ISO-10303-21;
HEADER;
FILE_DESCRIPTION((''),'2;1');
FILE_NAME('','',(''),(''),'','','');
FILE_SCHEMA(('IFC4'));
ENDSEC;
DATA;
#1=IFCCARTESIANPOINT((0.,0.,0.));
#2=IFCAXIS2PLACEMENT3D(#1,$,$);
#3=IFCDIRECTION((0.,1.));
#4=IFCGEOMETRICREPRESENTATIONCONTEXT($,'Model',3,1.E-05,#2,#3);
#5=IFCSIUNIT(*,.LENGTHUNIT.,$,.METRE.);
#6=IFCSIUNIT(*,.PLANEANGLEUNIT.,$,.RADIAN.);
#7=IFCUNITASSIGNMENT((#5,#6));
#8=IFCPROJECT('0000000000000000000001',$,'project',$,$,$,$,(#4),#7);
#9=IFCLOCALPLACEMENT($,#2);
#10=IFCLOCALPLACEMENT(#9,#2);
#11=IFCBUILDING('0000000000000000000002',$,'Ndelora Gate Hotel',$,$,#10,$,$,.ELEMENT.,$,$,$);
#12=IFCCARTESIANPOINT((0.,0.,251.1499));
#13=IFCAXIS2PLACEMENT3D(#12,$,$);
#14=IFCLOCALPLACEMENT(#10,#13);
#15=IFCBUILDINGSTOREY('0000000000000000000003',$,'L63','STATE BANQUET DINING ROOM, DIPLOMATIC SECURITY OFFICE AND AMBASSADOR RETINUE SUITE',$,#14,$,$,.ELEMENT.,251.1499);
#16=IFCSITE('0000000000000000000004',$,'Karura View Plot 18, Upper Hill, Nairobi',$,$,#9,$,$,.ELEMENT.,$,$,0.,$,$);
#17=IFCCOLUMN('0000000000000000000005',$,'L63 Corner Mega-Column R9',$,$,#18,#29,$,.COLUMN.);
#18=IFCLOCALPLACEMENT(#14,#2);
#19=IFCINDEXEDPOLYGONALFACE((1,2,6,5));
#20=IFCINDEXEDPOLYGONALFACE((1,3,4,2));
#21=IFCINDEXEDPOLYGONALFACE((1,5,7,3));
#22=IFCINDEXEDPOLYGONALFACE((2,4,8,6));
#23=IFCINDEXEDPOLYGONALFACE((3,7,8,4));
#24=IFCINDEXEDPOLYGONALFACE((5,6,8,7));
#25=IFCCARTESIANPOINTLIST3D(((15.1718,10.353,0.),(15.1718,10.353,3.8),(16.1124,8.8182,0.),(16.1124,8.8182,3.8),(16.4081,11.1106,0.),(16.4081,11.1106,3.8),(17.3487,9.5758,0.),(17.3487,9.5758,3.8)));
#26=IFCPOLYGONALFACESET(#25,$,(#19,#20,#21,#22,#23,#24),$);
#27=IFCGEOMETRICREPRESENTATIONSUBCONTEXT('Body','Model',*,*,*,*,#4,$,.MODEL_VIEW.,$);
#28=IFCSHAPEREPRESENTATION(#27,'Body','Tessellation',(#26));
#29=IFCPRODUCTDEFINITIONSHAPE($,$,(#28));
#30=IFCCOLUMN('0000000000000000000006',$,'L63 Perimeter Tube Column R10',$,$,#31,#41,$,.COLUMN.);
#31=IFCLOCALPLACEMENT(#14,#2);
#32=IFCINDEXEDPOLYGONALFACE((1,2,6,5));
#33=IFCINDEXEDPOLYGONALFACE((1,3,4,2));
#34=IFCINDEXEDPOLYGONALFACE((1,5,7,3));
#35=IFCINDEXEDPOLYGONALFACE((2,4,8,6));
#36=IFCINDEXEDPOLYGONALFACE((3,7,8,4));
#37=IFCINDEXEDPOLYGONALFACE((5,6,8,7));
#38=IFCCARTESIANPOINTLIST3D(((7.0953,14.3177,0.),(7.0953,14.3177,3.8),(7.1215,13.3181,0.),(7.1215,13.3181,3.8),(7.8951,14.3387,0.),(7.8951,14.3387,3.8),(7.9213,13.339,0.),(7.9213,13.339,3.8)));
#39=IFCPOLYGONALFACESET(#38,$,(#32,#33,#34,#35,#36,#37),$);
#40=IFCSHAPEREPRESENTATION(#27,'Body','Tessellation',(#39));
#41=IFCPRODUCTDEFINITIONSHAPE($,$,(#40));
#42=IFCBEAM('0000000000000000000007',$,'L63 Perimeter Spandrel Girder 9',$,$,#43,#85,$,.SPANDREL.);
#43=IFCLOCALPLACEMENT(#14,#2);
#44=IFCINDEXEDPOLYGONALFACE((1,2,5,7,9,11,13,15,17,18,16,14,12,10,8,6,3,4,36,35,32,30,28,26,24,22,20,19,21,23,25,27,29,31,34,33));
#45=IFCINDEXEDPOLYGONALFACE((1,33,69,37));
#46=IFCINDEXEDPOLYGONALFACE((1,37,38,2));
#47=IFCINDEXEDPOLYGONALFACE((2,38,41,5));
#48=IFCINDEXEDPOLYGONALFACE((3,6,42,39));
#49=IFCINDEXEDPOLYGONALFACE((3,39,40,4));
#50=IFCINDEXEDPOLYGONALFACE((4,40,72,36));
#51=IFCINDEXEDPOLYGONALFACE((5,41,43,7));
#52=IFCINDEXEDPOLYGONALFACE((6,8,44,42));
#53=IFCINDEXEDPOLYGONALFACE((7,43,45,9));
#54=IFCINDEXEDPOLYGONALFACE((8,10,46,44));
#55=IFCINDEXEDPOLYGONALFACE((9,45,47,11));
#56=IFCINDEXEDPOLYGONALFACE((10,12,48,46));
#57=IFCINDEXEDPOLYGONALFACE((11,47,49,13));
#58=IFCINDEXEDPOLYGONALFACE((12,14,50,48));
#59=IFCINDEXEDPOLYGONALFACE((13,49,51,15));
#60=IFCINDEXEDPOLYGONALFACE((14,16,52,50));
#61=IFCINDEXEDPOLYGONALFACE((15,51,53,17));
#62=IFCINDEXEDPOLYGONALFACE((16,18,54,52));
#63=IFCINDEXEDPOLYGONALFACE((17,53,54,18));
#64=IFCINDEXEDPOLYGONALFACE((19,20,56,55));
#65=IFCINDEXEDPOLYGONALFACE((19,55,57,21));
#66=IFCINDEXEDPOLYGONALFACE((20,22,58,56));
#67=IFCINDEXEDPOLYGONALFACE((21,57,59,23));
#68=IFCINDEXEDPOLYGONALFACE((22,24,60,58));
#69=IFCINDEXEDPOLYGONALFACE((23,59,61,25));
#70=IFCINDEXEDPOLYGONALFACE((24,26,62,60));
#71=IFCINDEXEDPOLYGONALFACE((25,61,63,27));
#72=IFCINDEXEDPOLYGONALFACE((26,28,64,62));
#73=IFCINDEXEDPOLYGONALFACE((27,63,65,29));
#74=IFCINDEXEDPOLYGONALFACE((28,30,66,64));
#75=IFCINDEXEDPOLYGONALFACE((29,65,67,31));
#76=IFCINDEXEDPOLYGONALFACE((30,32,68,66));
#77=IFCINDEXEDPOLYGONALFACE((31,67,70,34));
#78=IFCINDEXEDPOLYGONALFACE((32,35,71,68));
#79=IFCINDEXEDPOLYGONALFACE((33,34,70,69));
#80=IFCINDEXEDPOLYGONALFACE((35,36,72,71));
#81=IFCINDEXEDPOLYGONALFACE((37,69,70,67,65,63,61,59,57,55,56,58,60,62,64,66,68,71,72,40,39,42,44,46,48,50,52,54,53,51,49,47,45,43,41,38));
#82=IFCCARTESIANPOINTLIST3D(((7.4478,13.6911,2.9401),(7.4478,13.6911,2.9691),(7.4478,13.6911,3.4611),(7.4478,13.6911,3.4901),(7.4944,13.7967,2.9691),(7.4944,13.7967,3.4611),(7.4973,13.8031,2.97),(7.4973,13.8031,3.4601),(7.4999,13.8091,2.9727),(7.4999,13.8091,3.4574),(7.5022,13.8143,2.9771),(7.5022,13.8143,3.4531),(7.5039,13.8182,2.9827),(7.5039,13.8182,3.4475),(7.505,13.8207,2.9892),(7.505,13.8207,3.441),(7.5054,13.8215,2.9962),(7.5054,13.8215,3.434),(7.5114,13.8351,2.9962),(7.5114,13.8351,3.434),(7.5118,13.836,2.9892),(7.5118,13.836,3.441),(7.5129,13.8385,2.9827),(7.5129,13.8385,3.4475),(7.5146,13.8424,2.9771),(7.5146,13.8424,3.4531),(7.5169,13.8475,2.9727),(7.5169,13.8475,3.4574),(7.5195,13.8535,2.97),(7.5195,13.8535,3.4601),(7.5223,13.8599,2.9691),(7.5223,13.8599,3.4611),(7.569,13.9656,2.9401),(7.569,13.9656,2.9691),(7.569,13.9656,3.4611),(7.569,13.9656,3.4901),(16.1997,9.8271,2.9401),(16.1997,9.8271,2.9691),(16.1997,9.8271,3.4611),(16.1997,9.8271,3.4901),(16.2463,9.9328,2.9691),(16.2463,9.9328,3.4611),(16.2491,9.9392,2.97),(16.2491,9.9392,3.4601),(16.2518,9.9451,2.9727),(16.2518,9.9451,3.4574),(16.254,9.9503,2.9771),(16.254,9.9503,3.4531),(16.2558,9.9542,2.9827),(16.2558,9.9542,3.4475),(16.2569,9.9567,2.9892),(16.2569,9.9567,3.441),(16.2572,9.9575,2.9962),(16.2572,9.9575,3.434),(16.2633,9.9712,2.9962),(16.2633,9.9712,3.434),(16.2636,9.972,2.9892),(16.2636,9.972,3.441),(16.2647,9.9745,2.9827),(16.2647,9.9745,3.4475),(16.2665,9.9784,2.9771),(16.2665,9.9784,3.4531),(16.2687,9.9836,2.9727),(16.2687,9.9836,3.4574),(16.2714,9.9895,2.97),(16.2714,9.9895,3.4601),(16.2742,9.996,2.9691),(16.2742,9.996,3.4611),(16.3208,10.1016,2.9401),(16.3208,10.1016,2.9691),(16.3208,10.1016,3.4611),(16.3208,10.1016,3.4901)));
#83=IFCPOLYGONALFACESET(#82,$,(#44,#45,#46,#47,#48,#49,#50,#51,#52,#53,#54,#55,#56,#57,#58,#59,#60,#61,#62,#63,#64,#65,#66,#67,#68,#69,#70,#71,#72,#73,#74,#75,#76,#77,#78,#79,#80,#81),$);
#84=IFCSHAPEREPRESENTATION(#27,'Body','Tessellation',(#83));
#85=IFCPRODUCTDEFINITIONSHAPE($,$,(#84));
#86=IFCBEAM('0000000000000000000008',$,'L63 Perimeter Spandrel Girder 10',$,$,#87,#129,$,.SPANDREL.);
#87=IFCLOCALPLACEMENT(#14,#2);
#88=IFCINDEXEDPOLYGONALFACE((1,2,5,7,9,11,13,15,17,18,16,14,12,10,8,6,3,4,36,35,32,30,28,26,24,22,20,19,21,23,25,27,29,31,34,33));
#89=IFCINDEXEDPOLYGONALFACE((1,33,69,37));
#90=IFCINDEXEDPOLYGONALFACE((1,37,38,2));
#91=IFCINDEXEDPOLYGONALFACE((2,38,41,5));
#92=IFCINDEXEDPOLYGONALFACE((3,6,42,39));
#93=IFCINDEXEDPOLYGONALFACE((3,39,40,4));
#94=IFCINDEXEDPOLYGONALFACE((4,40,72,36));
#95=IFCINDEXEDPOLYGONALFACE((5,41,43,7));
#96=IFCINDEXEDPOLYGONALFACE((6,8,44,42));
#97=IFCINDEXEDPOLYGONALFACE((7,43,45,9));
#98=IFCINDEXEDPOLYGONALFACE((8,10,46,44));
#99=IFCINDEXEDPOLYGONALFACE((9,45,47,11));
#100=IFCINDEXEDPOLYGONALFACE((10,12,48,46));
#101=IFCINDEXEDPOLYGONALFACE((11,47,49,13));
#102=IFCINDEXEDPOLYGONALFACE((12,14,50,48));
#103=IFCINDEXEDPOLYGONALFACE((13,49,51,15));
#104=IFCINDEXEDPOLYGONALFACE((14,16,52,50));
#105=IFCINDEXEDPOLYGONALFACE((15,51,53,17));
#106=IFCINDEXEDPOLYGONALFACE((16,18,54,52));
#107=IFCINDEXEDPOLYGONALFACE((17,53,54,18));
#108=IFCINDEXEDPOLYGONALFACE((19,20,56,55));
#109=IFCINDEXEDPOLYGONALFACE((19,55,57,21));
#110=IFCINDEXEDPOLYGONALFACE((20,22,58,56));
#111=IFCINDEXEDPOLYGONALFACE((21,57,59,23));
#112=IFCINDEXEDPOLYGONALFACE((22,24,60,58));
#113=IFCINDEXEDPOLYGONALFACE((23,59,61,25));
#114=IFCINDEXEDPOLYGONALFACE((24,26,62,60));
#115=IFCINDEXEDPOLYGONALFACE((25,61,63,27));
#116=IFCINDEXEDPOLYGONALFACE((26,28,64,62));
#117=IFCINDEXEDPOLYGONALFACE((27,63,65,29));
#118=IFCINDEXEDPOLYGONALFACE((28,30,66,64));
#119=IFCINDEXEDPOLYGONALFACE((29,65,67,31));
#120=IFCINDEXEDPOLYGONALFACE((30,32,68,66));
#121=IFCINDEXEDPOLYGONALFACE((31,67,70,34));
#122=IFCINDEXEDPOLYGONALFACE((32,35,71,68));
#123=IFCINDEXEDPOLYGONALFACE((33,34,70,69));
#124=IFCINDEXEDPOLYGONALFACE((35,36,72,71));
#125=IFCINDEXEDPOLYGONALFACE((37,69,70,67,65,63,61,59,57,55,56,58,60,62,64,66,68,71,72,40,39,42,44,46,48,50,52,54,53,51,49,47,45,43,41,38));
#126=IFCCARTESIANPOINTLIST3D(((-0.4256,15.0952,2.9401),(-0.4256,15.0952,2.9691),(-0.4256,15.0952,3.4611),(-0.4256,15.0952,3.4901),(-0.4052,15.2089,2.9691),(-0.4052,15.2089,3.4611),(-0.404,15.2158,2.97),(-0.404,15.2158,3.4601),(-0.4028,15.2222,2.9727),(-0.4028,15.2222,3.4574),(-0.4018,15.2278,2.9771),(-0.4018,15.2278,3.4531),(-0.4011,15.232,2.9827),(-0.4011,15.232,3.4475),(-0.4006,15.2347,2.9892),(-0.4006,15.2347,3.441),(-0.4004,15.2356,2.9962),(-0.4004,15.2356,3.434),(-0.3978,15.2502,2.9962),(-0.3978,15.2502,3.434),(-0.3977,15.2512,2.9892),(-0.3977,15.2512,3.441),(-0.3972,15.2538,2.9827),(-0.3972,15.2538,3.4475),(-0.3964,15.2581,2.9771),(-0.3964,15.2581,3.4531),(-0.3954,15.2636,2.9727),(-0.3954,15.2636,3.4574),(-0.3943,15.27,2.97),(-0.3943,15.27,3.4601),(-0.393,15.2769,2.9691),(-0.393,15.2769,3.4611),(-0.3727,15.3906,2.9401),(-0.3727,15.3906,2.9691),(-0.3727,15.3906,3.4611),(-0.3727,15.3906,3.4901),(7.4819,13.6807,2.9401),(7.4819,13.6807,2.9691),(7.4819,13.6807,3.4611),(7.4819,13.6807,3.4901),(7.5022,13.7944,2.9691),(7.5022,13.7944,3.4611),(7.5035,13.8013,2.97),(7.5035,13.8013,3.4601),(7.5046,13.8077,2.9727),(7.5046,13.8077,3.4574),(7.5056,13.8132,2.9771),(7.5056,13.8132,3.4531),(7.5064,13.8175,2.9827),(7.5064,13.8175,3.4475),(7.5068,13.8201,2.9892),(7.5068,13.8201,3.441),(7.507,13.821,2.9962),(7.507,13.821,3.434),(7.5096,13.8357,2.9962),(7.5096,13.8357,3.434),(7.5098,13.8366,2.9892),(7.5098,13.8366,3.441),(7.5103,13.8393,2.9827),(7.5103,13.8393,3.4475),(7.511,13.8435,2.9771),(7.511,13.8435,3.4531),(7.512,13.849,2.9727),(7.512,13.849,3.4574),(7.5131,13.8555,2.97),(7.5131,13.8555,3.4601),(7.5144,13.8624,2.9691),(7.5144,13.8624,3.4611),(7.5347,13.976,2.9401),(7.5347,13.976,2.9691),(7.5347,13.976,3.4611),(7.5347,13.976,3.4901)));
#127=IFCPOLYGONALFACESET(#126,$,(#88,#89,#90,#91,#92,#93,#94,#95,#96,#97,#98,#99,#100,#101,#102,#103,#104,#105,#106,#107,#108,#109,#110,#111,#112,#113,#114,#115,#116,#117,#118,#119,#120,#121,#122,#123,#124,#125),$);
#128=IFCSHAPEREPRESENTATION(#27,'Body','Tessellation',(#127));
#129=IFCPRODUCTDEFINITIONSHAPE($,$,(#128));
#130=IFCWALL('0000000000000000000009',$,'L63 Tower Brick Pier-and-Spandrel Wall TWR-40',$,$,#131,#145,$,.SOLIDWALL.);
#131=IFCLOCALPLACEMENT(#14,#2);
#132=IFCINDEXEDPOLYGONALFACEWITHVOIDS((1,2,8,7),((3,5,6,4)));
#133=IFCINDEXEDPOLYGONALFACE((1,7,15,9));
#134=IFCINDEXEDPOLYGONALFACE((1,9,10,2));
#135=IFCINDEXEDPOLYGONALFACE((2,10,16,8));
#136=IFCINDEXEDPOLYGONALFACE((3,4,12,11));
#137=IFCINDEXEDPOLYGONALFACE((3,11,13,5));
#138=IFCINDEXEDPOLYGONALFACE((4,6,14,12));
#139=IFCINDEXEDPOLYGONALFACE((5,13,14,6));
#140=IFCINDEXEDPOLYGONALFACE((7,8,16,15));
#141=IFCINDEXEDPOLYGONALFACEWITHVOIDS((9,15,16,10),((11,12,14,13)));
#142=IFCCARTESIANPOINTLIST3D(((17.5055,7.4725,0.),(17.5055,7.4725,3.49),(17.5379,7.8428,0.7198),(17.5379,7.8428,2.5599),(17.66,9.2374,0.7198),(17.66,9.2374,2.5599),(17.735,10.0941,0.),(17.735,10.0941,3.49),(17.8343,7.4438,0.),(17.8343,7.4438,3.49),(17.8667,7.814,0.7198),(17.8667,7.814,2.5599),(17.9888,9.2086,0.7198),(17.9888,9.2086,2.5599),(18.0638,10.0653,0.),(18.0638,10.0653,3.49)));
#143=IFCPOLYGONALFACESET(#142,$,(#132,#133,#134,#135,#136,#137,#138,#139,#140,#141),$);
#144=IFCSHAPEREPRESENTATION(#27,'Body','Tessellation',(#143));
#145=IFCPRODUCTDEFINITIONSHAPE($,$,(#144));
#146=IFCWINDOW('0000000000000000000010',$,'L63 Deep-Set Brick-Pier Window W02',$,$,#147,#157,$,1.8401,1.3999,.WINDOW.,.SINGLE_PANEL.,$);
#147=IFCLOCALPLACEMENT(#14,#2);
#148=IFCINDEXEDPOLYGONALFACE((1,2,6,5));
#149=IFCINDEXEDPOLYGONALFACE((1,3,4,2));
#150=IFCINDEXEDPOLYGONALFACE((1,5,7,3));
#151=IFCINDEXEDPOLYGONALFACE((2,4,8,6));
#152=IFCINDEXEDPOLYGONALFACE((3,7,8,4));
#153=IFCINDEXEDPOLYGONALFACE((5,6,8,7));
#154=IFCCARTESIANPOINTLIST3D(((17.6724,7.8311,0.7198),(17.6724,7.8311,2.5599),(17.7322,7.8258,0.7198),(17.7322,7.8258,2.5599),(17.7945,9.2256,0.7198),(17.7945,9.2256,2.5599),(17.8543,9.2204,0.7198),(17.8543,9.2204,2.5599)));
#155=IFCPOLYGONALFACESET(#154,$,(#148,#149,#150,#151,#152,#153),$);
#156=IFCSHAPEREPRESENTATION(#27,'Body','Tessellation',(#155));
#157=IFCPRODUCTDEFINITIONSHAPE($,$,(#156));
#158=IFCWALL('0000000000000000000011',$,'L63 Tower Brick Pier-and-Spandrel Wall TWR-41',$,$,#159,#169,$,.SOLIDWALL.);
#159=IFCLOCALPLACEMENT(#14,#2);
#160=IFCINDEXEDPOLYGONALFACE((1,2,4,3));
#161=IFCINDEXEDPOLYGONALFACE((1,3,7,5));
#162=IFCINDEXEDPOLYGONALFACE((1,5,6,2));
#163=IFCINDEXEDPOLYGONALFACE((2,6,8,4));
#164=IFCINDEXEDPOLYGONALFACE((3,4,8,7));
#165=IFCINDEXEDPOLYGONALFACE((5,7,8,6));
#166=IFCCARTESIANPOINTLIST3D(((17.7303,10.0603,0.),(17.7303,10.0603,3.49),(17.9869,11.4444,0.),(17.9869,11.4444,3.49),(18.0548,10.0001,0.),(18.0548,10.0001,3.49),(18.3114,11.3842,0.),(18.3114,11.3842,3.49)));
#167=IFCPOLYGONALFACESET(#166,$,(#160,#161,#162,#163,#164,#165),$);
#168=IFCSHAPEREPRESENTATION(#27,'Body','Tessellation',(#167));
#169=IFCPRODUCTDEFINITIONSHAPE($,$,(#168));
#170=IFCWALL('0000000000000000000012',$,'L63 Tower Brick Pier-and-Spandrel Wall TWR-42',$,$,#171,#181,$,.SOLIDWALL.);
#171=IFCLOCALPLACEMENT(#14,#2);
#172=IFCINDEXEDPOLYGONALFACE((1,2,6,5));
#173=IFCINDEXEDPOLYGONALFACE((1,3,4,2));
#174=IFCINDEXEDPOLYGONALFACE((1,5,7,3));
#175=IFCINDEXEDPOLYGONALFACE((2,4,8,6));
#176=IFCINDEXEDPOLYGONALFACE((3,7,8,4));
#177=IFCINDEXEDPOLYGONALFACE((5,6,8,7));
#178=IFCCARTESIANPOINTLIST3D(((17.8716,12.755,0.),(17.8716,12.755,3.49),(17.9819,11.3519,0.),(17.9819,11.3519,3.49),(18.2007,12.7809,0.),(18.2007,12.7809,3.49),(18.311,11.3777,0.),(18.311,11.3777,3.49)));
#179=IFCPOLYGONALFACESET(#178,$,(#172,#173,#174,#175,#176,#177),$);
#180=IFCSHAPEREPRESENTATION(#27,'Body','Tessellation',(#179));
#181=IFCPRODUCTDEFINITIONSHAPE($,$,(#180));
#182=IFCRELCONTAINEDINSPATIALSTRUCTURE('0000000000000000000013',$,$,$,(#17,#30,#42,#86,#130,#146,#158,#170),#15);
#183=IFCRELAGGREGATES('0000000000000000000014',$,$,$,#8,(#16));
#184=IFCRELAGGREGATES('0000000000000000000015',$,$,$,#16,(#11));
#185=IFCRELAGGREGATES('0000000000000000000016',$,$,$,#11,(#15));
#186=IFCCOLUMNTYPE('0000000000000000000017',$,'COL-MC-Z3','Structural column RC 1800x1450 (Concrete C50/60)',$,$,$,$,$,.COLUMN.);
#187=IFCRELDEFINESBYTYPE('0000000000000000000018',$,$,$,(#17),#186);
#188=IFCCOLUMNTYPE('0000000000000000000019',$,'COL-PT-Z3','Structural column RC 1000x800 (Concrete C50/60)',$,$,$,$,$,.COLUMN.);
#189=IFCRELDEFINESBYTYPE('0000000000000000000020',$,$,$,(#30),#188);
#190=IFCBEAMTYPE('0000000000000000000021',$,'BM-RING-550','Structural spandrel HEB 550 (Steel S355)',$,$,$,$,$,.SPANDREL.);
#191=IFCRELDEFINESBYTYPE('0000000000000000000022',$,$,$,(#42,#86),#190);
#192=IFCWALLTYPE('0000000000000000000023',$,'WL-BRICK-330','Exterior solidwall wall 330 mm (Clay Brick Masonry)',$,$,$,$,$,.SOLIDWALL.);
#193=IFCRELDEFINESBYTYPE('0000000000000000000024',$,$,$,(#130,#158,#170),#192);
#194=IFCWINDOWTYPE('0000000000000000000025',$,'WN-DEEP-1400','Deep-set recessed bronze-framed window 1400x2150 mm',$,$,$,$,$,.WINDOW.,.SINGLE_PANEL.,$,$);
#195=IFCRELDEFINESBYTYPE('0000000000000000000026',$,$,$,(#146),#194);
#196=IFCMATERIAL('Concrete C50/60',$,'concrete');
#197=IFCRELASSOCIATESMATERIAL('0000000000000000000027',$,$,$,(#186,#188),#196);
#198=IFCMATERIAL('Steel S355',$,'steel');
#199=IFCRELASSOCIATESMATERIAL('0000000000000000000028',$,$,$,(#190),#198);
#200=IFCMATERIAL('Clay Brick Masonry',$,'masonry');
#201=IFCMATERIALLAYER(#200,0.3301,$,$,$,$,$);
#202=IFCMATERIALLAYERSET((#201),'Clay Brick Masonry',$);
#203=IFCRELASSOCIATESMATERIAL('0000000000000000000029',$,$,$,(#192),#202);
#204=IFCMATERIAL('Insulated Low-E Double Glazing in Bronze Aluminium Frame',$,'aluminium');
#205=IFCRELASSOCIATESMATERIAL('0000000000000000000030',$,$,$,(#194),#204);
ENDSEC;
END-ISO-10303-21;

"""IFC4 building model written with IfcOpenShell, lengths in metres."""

from ifc_helpers import new_model, si_unit, direction, frame, frame_2d, origin, origin_2d, place, context, subcontext, project, spatial, rectangle, i_section, extrude, material, layer, layer_set, material_profile, profile_set, type_object, element, fill, save


model = new_model("IFC4")

# Units and contexts
model_context = context("Model", 3, precision=1e-05, world=origin(), true_north=direction((0.0, 1.0)))
body_context = subcontext(model_context, "Body", "Model", "MODEL_VIEW")
ifc_project = project(units=[si_unit("LENGTHUNIT", "METRE"), si_unit("PLANEANGLEUNIT", "RADIAN")], contexts=[model_context])

# Site, building, storey
site_placement = place(None, origin())
site = spatial("IfcSite", under=ifc_project, at=site_placement, Name="Karura View Plot 18, Upper Hill, Nairobi", CompositionType="ELEMENT", RefElevation=0.0)
building_placement = place(site_placement, origin())
building = spatial("IfcBuilding", under=site, at=building_placement, Name="Ndelora Gate Hotel", CompositionType="ELEMENT")
storey_placement = place(building_placement, frame((0.0, 0.0, 251.1499)))
storey = spatial("IfcBuildingStorey", under=building, at=storey_placement, Name="L63", Description="STATE BANQUET DINING ROOM, DIPLOMATIC SECURITY OFFICE AND AMBASSADOR RETINUE SUITE", CompositionType="ELEMENT", Elevation=251.1499)

# Columns
ifc_material_1 = material(Name="Concrete C50/60", Category="concrete")
ifc_material_profile_1 = material_profile(ifc_material_1, rectangle(XDim=1.45, YDim=1.8, at=origin_2d()), Name="RC 1800x1450")
ifc_profile_set_1 = profile_set([ifc_material_profile_1], Name="Concrete C50/60")
column_type_1 = type_object("IfcColumnType", Name="COL-MC-Z3", Description="Structural column RC 1800x1450 (Concrete C50/60)", PredefinedType="COLUMN", material=ifc_profile_set_1)
column_1_placement = place(storey_placement, frame((16.2603, 9.9644, 0.0), z_axis=(0.0, 0.0, 1.0), x_axis=(0.85264, 0.522499, 0.0)))
element("IfcColumn", 1, at=column_1_placement, inside=storey, type_object=column_type_1, Name="L63 Corner Mega-Column R9", PredefinedType="COLUMN", context=body_context, shape_type="SweptSolid", body=[
    extrude(rectangle(XDim=1.45, YDim=1.8, at=origin_2d()), origin(), (0.0, 0.0, 1.0), 3.8),
])
ifc_material_profile_2 = material_profile(ifc_material_1, rectangle(XDim=0.8, YDim=1.0, at=origin_2d()), Name="RC 1000x800")
ifc_profile_set_2 = profile_set([ifc_material_profile_2], Name="Concrete C50/60")
column_type_2 = type_object("IfcColumnType", Name="COL-PT-Z3", Description="Structural column RC 1000x800 (Concrete C50/60)", PredefinedType="COLUMN", material=ifc_profile_set_2)
column_2_placement = place(storey_placement, frame((7.5083, 13.8284, 0.0), z_axis=(0.0, 0.0, 1.0), x_axis=(0.999657, 0.026177, 0.0)))
element("IfcColumn", 2, at=column_2_placement, inside=storey, type_object=column_type_2, Name="L63 Perimeter Tube Column R10", PredefinedType="COLUMN", context=body_context, shape_type="SweptSolid", body=[
    extrude(rectangle(XDim=0.8, YDim=1.0, at=origin_2d()), origin(), (0.0, 0.0, 1.0), 3.8),
])

# Beams
ifc_material_2 = material(Name="Steel S355", Category="steel")
ifc_material_profile_3 = material_profile(ifc_material_2, i_section(OverallWidth=0.3, OverallDepth=0.55, WebThickness=0.0149, FlangeThickness=0.0291, FilletRadius=0.0271, at=origin_2d()), Name="HEB 550")
ifc_profile_set_3 = profile_set([ifc_material_profile_3], Name="Steel S355")
beam_type = type_object("IfcBeamType", Name="BM-RING-550", Description="Structural spandrel HEB 550 (Steel S355)", PredefinedType="SPANDREL", material=ifc_profile_set_3)
beam_1_placement = place(storey_placement, frame((16.2603, 9.9644, 3.2151), z_axis=(-0.914807, 0.40389, 0.0), x_axis=(-0.40389, -0.914807, 0.0)))
element("IfcBeam", 3, at=beam_1_placement, inside=storey, type_object=beam_type, Name="L63 Perimeter Spandrel Girder 9", PredefinedType="SPANDREL", context=body_context, shape_type="SweptSolid", body=[
    extrude(i_section(OverallWidth=0.3, OverallDepth=0.55, WebThickness=0.0149, FlangeThickness=0.0291, FilletRadius=0.0271, at=origin_2d()), origin(), (0.0, 0.0, 1.0), 9.5669),
])
beam_2_placement = place(storey_placement, frame((7.5083, 13.8284, 3.2151), z_axis=(-0.984374, 0.176093, 0.0), x_axis=(-0.176093, -0.984374, 0.0)))
element("IfcBeam", 4, at=beam_2_placement, inside=storey, type_object=beam_type, Name="L63 Perimeter Spandrel Girder 10", PredefinedType="SPANDREL", context=body_context, shape_type="SweptSolid", body=[
    extrude(i_section(OverallWidth=0.3, OverallDepth=0.55, WebThickness=0.0149, FlangeThickness=0.0291, FilletRadius=0.0271, at=origin_2d()), origin(), (0.0, 0.0, 1.0), 8.033),
])

# Wall, opening, window
ifc_material_3 = material(Name="Clay Brick Masonry", Category="masonry")
ifc_layer_1 = layer(ifc_material_3, 0.3301)
ifc_layer_set_1 = layer_set([ifc_layer_1], Name="Clay Brick Masonry")
wall_type_1 = type_object("IfcWallType", Name="WL-BRICK-330", Description="Exterior solidwall wall 330 mm (Clay Brick Masonry)", PredefinedType="SOLIDWALL", material=ifc_layer_set_1)
wall_1_placement = place(storey_placement, frame((17.8994, 10.0798, 0.0), z_axis=(0.0, 0.0, 1.0), x_axis=(-0.087206, -0.99619, 0.0)))
wall_1 = element("IfcWall", 5, at=wall_1_placement, inside=storey, type_object=wall_type_1, Name="L63 Tower Brick Pier-and-Spandrel Wall TWR-40", PredefinedType="SOLIDWALL", context=body_context, shape_type="SweptSolid", body=[
    extrude(rectangle(XDim=2.6316, YDim=0.3301, at=frame_2d((1.3159, 0.0))), origin(), (0.0, 0.0, 1.0), 3.49),
])
opening_1_placement = place(wall_1_placement, frame((0.8601, 0.0, 0.72)))
opening_1 = element("IfcOpeningElement", 6, at=opening_1_placement, cuts=wall_1, PredefinedType="OPENING", context=body_context, shape_type="SweptSolid", body=[
    extrude(rectangle(XDim=1.3999, YDim=1.8401, at=frame_2d((0.7, 0.9199))), frame((0.0, 0.175, 0.0), z_axis=(0.0, -1.0, 0.0), x_axis=(1.0, 0.0, 0.0)), (0.0, 0.0, 1.0), 0.3501),
])
ifc_material_4 = material(Name="Insulated Low-E Double Glazing in Bronze Aluminium Frame", Category="aluminium")
window_type = type_object("IfcWindowType", Name="WN-DEEP-1400", Description="Deep-set recessed bronze-framed window 1400x2150 mm", PartitioningType="SINGLE_PANEL", PredefinedType="WINDOW", material=ifc_material_4)
window_1_placement = place(opening_1_placement, origin())
window_1 = element("IfcWindow", 7, at=window_1_placement, inside=storey, type_object=window_type, Name="L63 Deep-Set Brick-Pier Window W02", OverallHeight=1.8401, OverallWidth=1.3999, PartitioningType="SINGLE_PANEL", PredefinedType="WINDOW", context=body_context, shape_type="SweptSolid", body=[
    extrude(rectangle(XDim=1.3999, YDim=1.8401, at=frame_2d((0.7, 0.9199))), frame((0.0, 0.03, 0.0), z_axis=(0.0, -1.0, 0.0), x_axis=(1.0, 0.0, 0.0)), (0.0, 0.0, 1.0), 0.0601),
])
fill(opening_1, window_1)

# Walls
wall_2_placement = place(storey_placement, frame((18.1492, 11.4143, 0.0), z_axis=(0.0, 0.0, 1.0), x_axis=(-0.182288, -0.983245, 0.0)))
element("IfcWall", 8, at=wall_2_placement, inside=storey, type_object=wall_type_1, Name="L63 Tower Brick Pier-and-Spandrel Wall TWR-41", PredefinedType="SOLIDWALL", context=body_context, shape_type="SweptSolid", body=[
    extrude(rectangle(XDim=1.4077, YDim=0.3301, at=frame_2d((0.7039, 0.0))), origin(), (0.0, 0.0, 1.0), 3.49),
])
wall_3_placement = place(storey_placement, frame((18.0361, 12.7678, 0.0), z_axis=(0.0, 0.0, 1.0), x_axis=(0.078408, -0.996921, 0.0)))
element("IfcWall", 9, at=wall_3_placement, inside=storey, type_object=wall_type_1, Name="L63 Tower Brick Pier-and-Spandrel Wall TWR-42", PredefinedType="SOLIDWALL", context=body_context, shape_type="SweptSolid", body=[
    extrude(rectangle(XDim=1.4075, YDim=0.3301, at=frame_2d((0.7036, 0.0))), origin(), (0.0, 0.0, 1.0), 3.49),
])

save(model, "model.ifc")
